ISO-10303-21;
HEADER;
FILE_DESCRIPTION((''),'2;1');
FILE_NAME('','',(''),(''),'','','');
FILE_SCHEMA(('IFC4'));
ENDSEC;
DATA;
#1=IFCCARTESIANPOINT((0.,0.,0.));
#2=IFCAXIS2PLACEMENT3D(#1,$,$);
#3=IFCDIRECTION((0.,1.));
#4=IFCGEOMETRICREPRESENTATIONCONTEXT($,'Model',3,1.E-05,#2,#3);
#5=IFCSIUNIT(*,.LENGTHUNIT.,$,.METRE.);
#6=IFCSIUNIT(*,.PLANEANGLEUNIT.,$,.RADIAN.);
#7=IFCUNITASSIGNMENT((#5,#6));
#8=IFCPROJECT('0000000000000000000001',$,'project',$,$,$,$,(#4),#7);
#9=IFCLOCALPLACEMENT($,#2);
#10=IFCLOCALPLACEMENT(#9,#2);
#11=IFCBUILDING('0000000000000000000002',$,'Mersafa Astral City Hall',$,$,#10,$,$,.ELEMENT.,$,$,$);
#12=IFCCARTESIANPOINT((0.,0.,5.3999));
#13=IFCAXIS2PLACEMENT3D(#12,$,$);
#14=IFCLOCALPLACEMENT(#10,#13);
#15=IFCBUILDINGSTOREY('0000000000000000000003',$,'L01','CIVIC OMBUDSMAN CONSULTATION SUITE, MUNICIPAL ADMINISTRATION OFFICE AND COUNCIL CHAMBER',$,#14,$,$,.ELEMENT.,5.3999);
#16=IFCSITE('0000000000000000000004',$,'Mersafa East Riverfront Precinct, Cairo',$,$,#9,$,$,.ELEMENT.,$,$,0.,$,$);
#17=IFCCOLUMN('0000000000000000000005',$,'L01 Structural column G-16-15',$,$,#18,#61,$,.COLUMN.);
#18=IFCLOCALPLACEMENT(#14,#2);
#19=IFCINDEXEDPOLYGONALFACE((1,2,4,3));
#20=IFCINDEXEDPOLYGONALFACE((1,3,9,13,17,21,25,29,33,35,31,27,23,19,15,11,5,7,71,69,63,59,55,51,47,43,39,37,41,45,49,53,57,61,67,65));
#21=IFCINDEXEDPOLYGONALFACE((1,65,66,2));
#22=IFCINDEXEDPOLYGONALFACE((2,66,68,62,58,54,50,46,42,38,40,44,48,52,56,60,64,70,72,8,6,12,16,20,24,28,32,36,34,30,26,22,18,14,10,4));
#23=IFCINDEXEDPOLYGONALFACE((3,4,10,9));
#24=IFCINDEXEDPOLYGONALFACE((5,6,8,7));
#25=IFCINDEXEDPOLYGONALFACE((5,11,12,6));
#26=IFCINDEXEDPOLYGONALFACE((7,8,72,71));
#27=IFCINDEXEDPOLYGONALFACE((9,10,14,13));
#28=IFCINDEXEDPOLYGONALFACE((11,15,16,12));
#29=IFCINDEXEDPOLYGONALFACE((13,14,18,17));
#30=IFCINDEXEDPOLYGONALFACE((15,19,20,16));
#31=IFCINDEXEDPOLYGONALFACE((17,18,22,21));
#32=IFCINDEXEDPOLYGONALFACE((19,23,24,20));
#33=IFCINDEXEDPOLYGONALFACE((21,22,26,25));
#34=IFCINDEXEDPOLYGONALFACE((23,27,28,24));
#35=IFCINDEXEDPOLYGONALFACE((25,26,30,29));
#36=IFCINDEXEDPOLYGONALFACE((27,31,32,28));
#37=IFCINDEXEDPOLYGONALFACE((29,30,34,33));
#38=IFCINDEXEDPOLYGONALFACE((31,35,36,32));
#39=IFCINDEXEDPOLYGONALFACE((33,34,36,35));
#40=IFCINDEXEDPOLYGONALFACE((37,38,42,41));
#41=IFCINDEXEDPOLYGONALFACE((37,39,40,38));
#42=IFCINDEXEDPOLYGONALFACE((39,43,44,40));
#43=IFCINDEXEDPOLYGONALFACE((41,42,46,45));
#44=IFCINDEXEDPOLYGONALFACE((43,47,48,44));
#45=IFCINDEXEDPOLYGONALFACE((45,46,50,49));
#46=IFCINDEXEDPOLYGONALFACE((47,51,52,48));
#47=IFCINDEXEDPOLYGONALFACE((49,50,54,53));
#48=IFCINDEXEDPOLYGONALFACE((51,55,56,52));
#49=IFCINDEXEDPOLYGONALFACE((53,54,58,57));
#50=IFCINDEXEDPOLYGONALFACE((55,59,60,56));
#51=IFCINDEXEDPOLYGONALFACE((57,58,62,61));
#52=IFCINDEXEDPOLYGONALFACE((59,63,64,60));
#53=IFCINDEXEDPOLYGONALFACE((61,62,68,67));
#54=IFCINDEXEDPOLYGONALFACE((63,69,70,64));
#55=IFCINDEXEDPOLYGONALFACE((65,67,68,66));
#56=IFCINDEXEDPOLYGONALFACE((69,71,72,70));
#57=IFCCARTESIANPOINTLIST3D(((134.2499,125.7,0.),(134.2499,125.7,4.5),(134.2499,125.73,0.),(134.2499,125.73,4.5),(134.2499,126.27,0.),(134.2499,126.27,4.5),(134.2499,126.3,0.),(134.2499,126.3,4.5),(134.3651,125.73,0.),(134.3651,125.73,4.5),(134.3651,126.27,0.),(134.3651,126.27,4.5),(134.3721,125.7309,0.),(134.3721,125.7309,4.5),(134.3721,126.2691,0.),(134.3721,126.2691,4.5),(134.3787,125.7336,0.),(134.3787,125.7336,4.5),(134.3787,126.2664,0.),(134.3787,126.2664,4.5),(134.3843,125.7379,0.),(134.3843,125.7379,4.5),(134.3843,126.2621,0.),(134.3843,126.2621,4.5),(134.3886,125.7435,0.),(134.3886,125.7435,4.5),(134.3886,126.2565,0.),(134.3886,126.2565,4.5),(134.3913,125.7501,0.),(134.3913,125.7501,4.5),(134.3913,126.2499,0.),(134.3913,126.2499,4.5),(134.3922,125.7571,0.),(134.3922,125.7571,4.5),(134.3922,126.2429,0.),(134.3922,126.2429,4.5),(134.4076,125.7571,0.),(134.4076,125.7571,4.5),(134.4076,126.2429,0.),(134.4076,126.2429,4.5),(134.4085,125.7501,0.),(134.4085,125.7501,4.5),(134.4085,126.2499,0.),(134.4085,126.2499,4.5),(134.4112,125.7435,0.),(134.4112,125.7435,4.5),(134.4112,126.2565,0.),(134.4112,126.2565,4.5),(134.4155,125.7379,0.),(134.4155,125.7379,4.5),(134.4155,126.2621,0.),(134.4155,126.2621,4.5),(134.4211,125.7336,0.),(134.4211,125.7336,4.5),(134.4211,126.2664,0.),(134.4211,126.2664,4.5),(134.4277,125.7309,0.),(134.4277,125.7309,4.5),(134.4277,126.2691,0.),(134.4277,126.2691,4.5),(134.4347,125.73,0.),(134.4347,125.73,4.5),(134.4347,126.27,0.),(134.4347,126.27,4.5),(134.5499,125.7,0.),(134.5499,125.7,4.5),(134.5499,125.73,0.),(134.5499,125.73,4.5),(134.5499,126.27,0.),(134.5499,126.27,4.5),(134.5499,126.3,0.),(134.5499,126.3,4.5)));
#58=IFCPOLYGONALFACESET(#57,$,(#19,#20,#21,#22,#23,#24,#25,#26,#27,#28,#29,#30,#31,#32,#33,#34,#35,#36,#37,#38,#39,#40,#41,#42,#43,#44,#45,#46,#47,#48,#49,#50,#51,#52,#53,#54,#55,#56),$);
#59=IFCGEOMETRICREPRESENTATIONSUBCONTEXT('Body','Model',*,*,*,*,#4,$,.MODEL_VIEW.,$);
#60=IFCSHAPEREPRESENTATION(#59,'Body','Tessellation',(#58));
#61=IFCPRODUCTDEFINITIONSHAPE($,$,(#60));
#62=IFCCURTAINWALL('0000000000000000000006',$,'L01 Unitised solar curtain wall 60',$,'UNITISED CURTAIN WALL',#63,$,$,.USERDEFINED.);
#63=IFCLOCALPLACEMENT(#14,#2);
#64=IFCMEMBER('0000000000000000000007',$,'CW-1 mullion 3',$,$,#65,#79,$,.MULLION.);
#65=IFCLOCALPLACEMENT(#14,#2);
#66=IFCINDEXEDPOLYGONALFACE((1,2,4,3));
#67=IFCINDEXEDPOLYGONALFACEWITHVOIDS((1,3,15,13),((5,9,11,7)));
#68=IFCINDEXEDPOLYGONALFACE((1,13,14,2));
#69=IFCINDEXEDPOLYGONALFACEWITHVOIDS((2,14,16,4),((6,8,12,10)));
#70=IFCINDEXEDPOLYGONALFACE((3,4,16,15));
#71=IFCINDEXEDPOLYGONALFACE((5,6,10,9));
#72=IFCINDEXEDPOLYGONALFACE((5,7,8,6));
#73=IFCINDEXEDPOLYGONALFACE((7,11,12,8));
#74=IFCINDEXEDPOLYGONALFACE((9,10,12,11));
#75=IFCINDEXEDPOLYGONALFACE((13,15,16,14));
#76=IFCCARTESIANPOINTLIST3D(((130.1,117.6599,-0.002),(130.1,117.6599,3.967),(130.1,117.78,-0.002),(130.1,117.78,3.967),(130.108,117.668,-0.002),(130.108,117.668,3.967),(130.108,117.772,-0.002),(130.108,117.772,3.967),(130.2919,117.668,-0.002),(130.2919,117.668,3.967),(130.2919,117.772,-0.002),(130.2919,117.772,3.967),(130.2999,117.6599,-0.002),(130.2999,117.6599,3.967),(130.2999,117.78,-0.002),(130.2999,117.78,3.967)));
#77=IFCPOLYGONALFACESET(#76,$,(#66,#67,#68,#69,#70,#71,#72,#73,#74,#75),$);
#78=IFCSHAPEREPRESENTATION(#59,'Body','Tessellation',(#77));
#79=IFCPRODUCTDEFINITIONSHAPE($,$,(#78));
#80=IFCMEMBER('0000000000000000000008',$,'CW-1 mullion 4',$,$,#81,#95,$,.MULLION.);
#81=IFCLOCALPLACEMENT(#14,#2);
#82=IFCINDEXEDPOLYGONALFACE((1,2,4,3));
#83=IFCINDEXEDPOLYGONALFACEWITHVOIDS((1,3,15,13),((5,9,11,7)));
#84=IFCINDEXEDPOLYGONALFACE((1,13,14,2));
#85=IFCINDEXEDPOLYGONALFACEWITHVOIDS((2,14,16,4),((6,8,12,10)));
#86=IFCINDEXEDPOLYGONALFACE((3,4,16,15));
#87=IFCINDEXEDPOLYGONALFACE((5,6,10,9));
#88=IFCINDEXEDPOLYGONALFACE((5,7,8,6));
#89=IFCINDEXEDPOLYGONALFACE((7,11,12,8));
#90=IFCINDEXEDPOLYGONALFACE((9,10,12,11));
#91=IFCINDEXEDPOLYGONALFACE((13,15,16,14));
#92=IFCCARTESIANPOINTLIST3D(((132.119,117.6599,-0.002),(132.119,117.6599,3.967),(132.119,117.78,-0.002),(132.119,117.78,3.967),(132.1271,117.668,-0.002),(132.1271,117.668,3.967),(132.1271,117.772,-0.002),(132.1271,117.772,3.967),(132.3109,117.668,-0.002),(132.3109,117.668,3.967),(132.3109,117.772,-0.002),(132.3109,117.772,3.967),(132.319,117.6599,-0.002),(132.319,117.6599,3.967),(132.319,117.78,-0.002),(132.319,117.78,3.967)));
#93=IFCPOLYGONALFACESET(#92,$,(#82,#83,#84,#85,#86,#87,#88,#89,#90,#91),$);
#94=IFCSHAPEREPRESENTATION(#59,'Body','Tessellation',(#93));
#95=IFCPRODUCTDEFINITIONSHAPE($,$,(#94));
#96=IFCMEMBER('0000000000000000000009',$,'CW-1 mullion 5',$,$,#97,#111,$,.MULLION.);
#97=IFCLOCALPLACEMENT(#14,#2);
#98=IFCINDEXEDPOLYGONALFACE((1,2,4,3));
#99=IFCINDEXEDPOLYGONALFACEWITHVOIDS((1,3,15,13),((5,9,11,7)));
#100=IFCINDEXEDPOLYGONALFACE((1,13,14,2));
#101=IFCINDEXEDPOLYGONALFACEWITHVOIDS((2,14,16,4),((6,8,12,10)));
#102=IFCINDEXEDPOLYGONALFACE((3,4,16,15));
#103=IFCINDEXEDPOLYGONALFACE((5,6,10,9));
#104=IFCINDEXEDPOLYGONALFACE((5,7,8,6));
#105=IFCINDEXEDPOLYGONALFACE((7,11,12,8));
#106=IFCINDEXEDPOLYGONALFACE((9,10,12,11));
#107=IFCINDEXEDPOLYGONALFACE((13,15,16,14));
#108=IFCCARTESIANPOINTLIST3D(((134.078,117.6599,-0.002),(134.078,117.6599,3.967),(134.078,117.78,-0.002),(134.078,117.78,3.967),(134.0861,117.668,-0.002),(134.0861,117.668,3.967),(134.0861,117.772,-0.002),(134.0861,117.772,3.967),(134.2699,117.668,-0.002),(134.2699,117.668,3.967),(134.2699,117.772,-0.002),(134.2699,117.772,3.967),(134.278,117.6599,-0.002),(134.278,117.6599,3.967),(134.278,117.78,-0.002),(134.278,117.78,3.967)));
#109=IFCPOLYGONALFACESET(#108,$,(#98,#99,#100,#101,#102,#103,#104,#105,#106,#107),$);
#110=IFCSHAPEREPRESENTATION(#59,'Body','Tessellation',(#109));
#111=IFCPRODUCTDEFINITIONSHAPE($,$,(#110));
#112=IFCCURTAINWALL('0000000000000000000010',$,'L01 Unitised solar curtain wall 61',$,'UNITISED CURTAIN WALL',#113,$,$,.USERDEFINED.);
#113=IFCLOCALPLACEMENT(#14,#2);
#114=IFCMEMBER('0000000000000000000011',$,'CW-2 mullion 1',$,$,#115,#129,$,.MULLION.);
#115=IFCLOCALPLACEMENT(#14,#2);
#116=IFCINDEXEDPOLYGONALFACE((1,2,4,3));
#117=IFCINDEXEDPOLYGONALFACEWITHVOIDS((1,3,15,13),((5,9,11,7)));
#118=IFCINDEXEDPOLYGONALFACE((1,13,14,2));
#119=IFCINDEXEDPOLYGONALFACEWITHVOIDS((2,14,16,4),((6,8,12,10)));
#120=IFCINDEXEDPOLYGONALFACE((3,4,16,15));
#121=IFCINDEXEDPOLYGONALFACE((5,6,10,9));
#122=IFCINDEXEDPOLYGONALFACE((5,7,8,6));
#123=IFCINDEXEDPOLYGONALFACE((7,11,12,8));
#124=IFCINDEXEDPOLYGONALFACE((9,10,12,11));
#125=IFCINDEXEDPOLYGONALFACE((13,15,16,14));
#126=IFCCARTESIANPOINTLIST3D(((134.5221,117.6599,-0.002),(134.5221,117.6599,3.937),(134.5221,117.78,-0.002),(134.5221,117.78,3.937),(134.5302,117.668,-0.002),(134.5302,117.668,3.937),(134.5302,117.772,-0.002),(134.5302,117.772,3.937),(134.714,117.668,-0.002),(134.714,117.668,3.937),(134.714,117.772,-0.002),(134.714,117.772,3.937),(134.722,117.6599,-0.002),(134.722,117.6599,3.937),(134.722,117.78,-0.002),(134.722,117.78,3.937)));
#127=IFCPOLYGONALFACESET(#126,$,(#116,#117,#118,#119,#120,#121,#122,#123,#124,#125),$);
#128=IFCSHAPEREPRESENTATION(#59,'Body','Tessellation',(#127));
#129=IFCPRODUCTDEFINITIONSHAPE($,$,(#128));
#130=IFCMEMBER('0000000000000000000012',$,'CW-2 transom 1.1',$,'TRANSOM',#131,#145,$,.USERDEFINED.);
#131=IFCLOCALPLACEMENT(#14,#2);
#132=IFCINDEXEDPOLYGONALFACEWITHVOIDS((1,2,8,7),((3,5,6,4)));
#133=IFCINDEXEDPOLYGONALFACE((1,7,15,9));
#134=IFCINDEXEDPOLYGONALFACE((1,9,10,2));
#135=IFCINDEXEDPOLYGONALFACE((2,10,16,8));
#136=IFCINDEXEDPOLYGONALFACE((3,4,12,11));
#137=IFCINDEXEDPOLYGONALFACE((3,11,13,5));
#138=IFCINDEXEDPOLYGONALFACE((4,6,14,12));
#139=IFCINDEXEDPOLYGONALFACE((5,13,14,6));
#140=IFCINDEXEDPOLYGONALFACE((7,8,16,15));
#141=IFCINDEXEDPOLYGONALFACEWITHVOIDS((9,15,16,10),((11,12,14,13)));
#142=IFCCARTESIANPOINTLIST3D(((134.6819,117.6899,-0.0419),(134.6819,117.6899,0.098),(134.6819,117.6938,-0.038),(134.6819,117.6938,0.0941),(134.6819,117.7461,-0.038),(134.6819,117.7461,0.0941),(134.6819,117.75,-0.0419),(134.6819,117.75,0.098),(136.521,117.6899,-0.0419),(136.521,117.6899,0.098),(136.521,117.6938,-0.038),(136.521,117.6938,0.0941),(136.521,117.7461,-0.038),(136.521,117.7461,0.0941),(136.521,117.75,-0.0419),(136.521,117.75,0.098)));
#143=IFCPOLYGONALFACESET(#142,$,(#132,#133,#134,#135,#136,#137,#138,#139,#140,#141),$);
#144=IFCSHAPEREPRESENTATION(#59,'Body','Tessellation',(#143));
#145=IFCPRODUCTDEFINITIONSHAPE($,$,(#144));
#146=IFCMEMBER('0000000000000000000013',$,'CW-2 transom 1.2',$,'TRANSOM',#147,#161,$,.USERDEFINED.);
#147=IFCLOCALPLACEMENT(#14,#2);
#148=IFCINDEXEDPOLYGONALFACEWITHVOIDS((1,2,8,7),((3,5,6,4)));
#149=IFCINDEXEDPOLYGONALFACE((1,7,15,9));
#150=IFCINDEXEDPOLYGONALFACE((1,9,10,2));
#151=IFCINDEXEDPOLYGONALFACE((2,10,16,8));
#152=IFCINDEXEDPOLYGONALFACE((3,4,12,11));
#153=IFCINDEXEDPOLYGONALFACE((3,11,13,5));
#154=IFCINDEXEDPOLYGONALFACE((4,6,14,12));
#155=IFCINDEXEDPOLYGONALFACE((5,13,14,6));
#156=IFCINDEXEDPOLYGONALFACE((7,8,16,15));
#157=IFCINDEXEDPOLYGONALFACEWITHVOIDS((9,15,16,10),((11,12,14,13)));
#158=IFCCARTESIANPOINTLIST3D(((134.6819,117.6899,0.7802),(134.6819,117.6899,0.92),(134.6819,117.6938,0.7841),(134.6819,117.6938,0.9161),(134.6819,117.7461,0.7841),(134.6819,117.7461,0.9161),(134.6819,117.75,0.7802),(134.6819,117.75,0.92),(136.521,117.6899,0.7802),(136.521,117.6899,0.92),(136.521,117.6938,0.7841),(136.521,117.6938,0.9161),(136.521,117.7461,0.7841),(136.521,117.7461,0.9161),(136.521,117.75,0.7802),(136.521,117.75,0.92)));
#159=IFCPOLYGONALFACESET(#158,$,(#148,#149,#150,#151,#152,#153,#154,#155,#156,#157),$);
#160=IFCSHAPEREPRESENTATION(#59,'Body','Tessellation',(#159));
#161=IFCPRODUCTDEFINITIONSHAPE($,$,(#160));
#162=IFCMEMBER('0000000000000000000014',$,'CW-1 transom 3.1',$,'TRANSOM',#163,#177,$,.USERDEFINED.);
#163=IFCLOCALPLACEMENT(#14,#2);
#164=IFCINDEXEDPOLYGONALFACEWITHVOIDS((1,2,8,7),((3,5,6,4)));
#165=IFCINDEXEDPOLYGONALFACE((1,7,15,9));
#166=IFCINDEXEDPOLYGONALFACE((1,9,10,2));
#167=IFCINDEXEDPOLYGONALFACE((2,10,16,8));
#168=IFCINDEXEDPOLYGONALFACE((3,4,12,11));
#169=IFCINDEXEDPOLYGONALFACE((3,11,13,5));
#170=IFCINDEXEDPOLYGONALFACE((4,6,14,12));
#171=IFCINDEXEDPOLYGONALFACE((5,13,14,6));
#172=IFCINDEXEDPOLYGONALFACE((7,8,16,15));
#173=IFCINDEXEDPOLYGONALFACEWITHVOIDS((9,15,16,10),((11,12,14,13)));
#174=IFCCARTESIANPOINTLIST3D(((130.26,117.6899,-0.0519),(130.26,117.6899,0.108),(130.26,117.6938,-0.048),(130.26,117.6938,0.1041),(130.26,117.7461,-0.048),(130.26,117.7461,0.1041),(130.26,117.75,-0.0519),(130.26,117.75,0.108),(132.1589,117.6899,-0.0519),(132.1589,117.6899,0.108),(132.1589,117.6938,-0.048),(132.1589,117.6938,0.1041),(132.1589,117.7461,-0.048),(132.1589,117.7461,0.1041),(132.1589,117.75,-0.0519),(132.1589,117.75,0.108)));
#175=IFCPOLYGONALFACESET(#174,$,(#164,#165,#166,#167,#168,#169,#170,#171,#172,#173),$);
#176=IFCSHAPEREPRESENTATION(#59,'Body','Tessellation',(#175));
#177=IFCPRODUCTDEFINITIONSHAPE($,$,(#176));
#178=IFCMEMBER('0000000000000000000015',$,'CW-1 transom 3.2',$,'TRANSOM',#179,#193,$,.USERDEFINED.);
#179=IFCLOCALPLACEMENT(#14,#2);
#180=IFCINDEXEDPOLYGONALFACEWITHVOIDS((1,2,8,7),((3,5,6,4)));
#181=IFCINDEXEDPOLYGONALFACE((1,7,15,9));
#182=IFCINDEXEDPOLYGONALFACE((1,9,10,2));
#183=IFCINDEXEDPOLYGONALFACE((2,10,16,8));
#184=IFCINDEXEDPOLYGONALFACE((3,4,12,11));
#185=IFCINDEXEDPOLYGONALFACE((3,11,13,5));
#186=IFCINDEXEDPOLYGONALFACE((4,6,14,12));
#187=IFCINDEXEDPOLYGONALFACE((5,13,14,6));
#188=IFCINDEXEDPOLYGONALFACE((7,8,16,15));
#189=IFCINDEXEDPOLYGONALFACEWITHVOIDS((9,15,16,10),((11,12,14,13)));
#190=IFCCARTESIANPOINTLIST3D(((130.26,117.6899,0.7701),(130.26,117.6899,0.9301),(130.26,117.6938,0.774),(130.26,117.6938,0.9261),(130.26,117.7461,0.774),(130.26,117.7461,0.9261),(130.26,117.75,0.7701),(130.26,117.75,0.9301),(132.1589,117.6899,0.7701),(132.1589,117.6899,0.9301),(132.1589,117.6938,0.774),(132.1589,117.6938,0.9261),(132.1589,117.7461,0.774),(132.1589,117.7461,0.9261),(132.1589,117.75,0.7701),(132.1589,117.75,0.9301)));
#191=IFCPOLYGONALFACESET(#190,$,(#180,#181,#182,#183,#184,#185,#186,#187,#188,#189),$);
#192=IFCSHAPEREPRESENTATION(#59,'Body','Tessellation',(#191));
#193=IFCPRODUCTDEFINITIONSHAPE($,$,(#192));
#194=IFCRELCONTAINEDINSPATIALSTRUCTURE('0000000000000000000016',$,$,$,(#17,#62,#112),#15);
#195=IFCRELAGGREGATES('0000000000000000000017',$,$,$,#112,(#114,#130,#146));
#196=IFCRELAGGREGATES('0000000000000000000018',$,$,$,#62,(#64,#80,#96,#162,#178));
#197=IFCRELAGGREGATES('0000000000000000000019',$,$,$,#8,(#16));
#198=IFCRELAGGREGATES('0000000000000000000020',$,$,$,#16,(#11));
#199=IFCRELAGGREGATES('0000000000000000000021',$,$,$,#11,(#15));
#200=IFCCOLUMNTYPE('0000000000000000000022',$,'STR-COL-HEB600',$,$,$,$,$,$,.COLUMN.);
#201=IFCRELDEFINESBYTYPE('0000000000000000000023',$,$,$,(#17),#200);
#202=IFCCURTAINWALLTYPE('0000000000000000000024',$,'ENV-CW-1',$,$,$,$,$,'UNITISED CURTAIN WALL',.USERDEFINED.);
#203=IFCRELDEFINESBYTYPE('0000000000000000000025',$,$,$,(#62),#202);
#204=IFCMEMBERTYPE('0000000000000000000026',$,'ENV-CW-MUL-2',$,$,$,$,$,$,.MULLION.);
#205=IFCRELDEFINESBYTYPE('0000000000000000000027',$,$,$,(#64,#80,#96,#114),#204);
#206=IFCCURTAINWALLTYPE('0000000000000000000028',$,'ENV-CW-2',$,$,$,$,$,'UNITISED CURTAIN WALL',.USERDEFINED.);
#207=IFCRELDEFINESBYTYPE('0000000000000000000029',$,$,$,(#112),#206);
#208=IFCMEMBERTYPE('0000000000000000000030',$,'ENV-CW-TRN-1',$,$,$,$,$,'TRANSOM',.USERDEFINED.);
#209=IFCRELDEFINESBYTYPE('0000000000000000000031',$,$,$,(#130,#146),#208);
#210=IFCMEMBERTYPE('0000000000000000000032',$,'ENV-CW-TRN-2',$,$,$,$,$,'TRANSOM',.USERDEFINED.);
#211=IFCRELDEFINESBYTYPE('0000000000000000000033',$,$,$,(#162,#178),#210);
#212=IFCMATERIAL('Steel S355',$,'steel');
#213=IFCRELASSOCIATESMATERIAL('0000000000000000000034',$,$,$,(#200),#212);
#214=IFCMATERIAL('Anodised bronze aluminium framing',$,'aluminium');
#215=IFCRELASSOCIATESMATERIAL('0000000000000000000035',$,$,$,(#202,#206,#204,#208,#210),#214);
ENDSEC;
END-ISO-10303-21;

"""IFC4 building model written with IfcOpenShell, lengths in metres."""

from ifc_helpers import new_model, si_unit, direction, frame, origin, origin_2d, place, context, subcontext, project, spatial, hollow_rectangle, i_section, extrude, material, material_profile, profile_set, type_object, element, aggregate, save


model = new_model("IFC4")

# Units and contexts
model_context = context("Model", 3, precision=1e-05, world=origin(), true_north=direction((0.0, 1.0)))
body_context = subcontext(model_context, "Body", "Model", "MODEL_VIEW")
ifc_project = project(units=[si_unit("LENGTHUNIT", "METRE"), si_unit("PLANEANGLEUNIT", "RADIAN")], contexts=[model_context])

# Site, building, storey
site_placement = place(None, origin())
site = spatial("IfcSite", under=ifc_project, at=site_placement, Name="Mersafa East Riverfront Precinct, Cairo", CompositionType="ELEMENT", RefElevation=0.0)
building_placement = place(site_placement, origin())
building = spatial("IfcBuilding", under=site, at=building_placement, Name="Mersafa Astral City Hall", CompositionType="ELEMENT")
storey_placement = place(building_placement, frame((0.0, 0.0, 5.3999)))
storey = spatial("IfcBuildingStorey", under=building, at=storey_placement, Name="L01", Description="CIVIC OMBUDSMAN CONSULTATION SUITE, MUNICIPAL ADMINISTRATION OFFICE AND COUNCIL CHAMBER", CompositionType="ELEMENT", Elevation=5.3999)

# Column
ifc_material_1 = material(Name="Steel S355", Category="steel")
ifc_material_profile_1 = material_profile(ifc_material_1, i_section(OverallWidth=0.3, OverallDepth=0.6001, WebThickness=0.0154, FlangeThickness=0.03, FilletRadius=0.0271, at=origin_2d()), Name="HEB 600")
ifc_profile_set_1 = profile_set([ifc_material_profile_1], Name="Steel S355")
column_type = type_object("IfcColumnType", Name="STR-COL-HEB600", PredefinedType="COLUMN", material=ifc_profile_set_1)
column_placement = place(storey_placement, frame((134.3999, 126.0, 0.0), z_axis=(0.0, 0.0, 1.0), x_axis=(1.0, 0.0, 0.0)))
element("IfcColumn", 1, at=column_placement, inside=storey, type_object=column_type, Name="L01 Structural column G-16-15", PredefinedType="COLUMN", context=body_context, shape_type="SweptSolid", body=[
    extrude(i_section(OverallWidth=0.3, OverallDepth=0.6001, WebThickness=0.0154, FlangeThickness=0.03, FilletRadius=0.0271, at=origin_2d()), origin(), (0.0, 0.0, 1.0), 4.5),
])

# Curtain walls, members
ifc_material_2 = material(Name="Anodised bronze aluminium framing", Category="aluminium")
curtain_wall_type_1 = type_object("IfcCurtainWallType", Name="ENV-CW-1", ElementType="UNITISED CURTAIN WALL", PredefinedType="USERDEFINED", material=ifc_material_2)
curtain_wall_1_placement = place(storey_placement, origin())
curtain_wall_1 = element("IfcCurtainWall", 2, at=curtain_wall_1_placement, inside=storey, type_object=curtain_wall_type_1, Name="L01 Unitised solar curtain wall 60", ObjectType="UNITISED CURTAIN WALL", PredefinedType="USERDEFINED")
ifc_material_profile_2 = material_profile(ifc_material_2, hollow_rectangle(XDim=0.1201, YDim=0.2, WallThickness=0.0081, at=origin_2d()), Name="RHS 120x200x8")
ifc_profile_set_2 = profile_set([ifc_material_profile_2], Name="Anodised bronze aluminium framing")
member_type_1 = type_object("IfcMemberType", Name="ENV-CW-MUL-2", PredefinedType="MULLION", material=ifc_profile_set_2)
member_1_placement = place(storey_placement, frame((130.2, 117.72, -0.002), z_axis=(0.0, 0.0, 1.0), x_axis=(0.0, 1.0, 0.0)))
member_1 = element("IfcMember", 3, at=member_1_placement, type_object=member_type_1, Name="CW-1 mullion 3", PredefinedType="MULLION", context=body_context, shape_type="SweptSolid", body=[
    extrude(hollow_rectangle(XDim=0.1201, YDim=0.2, WallThickness=0.0081, at=origin_2d()), origin(), (0.0, 0.0, 1.0), 3.969),
])
member_2_placement = place(storey_placement, frame((132.219, 117.72, -0.002), z_axis=(0.0, 0.0, 1.0), x_axis=(0.0, 1.0, 0.0)))
member_2 = element("IfcMember", 4, at=member_2_placement, type_object=member_type_1, Name="CW-1 mullion 4", PredefinedType="MULLION", context=body_context, shape_type="SweptSolid", body=[
    extrude(hollow_rectangle(XDim=0.1201, YDim=0.2, WallThickness=0.0081, at=origin_2d()), origin(), (0.0, 0.0, 1.0), 3.969),
])
member_3_placement = place(storey_placement, frame((134.178, 117.72, -0.002), z_axis=(0.0, 0.0, 1.0), x_axis=(0.0, 1.0, 0.0)))
member_3 = element("IfcMember", 5, at=member_3_placement, type_object=member_type_1, Name="CW-1 mullion 5", PredefinedType="MULLION", context=body_context, shape_type="SweptSolid", body=[
    extrude(hollow_rectangle(XDim=0.1201, YDim=0.2, WallThickness=0.0081, at=origin_2d()), origin(), (0.0, 0.0, 1.0), 3.969),
])
curtain_wall_type_2 = type_object("IfcCurtainWallType", Name="ENV-CW-2", ElementType="UNITISED CURTAIN WALL", PredefinedType="USERDEFINED", material=ifc_material_2)
curtain_wall_2_placement = place(storey_placement, origin())
curtain_wall_2 = element("IfcCurtainWall", 6, at=curtain_wall_2_placement, inside=storey, type_object=curtain_wall_type_2, Name="L01 Unitised solar curtain wall 61", ObjectType="UNITISED CURTAIN WALL", PredefinedType="USERDEFINED")
member_4_placement = place(storey_placement, frame((134.6221, 117.72, -0.002), z_axis=(0.0, 0.0, 1.0), x_axis=(0.0, 1.0, 0.0)))
member_4 = element("IfcMember", 7, at=member_4_placement, type_object=member_type_1, Name="CW-2 mullion 1", PredefinedType="MULLION", context=body_context, shape_type="SweptSolid", body=[
    extrude(hollow_rectangle(XDim=0.1201, YDim=0.2, WallThickness=0.0081, at=origin_2d()), origin(), (0.0, 0.0, 1.0), 3.939),
])
ifc_material_profile_3 = material_profile(ifc_material_2, hollow_rectangle(XDim=0.0601, YDim=0.1399, WallThickness=0.0039, at=origin_2d()), Name="RHS 60x140x4")
ifc_profile_set_3 = profile_set([ifc_material_profile_3], Name="Anodised bronze aluminium framing")
member_type_2 = type_object("IfcMemberType", Name="ENV-CW-TRN-1", ElementType="TRANSOM", PredefinedType="USERDEFINED", material=ifc_profile_set_3)
member_5_placement = place(storey_placement, frame((134.6819, 117.72, 0.0281), z_axis=(1.0, 0.0, 0.0), x_axis=(0.0, 1.0, 0.0)))
member_5 = element("IfcMember", 8, at=member_5_placement, type_object=member_type_2, Name="CW-2 transom 1.1", ObjectType="TRANSOM", PredefinedType="USERDEFINED", context=body_context, shape_type="SweptSolid", body=[
    extrude(hollow_rectangle(XDim=0.0601, YDim=0.1399, WallThickness=0.0039, at=origin_2d()), origin(), (0.0, 0.0, 1.0), 1.8391),
])
member_6_placement = place(storey_placement, frame((134.6819, 117.72, 0.8501), z_axis=(1.0, 0.0, 0.0), x_axis=(0.0, 1.0, 0.0)))
member_6 = element("IfcMember", 9, at=member_6_placement, type_object=member_type_2, Name="CW-2 transom 1.2", ObjectType="TRANSOM", PredefinedType="USERDEFINED", context=body_context, shape_type="SweptSolid", body=[
    extrude(hollow_rectangle(XDim=0.0601, YDim=0.1399, WallThickness=0.0039, at=origin_2d()), origin(), (0.0, 0.0, 1.0), 1.8391),
])
aggregate(curtain_wall_2, [member_4, member_5, member_6])

# Members
ifc_material_profile_4 = material_profile(ifc_material_2, hollow_rectangle(XDim=0.0601, YDim=0.1599, WallThickness=0.0039, at=origin_2d()), Name="RHS 60x160x4")
ifc_profile_set_4 = profile_set([ifc_material_profile_4], Name="Anodised bronze aluminium framing")
member_type_3 = type_object("IfcMemberType", Name="ENV-CW-TRN-2", ElementType="TRANSOM", PredefinedType="USERDEFINED", material=ifc_profile_set_4)
member_7_placement = place(storey_placement, frame((130.26, 117.72, 0.0281), z_axis=(1.0, 0.0, 0.0), x_axis=(0.0, 1.0, 0.0)))
member_7 = element("IfcMember", 10, at=member_7_placement, type_object=member_type_3, Name="CW-1 transom 3.1", ObjectType="TRANSOM", PredefinedType="USERDEFINED", context=body_context, shape_type="SweptSolid", body=[
    extrude(hollow_rectangle(XDim=0.0601, YDim=0.1599, WallThickness=0.0039, at=origin_2d()), origin(), (0.0, 0.0, 1.0), 1.8989),
])
member_8_placement = place(storey_placement, frame((130.26, 117.72, 0.8501), z_axis=(1.0, 0.0, 0.0), x_axis=(0.0, 1.0, 0.0)))
member_8 = element("IfcMember", 11, at=member_8_placement, type_object=member_type_3, Name="CW-1 transom 3.2", ObjectType="TRANSOM", PredefinedType="USERDEFINED", context=body_context, shape_type="SweptSolid", body=[
    extrude(hollow_rectangle(XDim=0.0601, YDim=0.1599, WallThickness=0.0039, at=origin_2d()), origin(), (0.0, 0.0, 1.0), 1.8989),
])

aggregate(curtain_wall_1, [member_1, member_2, member_3, member_7, member_8])

save(model, "model.ifc")
